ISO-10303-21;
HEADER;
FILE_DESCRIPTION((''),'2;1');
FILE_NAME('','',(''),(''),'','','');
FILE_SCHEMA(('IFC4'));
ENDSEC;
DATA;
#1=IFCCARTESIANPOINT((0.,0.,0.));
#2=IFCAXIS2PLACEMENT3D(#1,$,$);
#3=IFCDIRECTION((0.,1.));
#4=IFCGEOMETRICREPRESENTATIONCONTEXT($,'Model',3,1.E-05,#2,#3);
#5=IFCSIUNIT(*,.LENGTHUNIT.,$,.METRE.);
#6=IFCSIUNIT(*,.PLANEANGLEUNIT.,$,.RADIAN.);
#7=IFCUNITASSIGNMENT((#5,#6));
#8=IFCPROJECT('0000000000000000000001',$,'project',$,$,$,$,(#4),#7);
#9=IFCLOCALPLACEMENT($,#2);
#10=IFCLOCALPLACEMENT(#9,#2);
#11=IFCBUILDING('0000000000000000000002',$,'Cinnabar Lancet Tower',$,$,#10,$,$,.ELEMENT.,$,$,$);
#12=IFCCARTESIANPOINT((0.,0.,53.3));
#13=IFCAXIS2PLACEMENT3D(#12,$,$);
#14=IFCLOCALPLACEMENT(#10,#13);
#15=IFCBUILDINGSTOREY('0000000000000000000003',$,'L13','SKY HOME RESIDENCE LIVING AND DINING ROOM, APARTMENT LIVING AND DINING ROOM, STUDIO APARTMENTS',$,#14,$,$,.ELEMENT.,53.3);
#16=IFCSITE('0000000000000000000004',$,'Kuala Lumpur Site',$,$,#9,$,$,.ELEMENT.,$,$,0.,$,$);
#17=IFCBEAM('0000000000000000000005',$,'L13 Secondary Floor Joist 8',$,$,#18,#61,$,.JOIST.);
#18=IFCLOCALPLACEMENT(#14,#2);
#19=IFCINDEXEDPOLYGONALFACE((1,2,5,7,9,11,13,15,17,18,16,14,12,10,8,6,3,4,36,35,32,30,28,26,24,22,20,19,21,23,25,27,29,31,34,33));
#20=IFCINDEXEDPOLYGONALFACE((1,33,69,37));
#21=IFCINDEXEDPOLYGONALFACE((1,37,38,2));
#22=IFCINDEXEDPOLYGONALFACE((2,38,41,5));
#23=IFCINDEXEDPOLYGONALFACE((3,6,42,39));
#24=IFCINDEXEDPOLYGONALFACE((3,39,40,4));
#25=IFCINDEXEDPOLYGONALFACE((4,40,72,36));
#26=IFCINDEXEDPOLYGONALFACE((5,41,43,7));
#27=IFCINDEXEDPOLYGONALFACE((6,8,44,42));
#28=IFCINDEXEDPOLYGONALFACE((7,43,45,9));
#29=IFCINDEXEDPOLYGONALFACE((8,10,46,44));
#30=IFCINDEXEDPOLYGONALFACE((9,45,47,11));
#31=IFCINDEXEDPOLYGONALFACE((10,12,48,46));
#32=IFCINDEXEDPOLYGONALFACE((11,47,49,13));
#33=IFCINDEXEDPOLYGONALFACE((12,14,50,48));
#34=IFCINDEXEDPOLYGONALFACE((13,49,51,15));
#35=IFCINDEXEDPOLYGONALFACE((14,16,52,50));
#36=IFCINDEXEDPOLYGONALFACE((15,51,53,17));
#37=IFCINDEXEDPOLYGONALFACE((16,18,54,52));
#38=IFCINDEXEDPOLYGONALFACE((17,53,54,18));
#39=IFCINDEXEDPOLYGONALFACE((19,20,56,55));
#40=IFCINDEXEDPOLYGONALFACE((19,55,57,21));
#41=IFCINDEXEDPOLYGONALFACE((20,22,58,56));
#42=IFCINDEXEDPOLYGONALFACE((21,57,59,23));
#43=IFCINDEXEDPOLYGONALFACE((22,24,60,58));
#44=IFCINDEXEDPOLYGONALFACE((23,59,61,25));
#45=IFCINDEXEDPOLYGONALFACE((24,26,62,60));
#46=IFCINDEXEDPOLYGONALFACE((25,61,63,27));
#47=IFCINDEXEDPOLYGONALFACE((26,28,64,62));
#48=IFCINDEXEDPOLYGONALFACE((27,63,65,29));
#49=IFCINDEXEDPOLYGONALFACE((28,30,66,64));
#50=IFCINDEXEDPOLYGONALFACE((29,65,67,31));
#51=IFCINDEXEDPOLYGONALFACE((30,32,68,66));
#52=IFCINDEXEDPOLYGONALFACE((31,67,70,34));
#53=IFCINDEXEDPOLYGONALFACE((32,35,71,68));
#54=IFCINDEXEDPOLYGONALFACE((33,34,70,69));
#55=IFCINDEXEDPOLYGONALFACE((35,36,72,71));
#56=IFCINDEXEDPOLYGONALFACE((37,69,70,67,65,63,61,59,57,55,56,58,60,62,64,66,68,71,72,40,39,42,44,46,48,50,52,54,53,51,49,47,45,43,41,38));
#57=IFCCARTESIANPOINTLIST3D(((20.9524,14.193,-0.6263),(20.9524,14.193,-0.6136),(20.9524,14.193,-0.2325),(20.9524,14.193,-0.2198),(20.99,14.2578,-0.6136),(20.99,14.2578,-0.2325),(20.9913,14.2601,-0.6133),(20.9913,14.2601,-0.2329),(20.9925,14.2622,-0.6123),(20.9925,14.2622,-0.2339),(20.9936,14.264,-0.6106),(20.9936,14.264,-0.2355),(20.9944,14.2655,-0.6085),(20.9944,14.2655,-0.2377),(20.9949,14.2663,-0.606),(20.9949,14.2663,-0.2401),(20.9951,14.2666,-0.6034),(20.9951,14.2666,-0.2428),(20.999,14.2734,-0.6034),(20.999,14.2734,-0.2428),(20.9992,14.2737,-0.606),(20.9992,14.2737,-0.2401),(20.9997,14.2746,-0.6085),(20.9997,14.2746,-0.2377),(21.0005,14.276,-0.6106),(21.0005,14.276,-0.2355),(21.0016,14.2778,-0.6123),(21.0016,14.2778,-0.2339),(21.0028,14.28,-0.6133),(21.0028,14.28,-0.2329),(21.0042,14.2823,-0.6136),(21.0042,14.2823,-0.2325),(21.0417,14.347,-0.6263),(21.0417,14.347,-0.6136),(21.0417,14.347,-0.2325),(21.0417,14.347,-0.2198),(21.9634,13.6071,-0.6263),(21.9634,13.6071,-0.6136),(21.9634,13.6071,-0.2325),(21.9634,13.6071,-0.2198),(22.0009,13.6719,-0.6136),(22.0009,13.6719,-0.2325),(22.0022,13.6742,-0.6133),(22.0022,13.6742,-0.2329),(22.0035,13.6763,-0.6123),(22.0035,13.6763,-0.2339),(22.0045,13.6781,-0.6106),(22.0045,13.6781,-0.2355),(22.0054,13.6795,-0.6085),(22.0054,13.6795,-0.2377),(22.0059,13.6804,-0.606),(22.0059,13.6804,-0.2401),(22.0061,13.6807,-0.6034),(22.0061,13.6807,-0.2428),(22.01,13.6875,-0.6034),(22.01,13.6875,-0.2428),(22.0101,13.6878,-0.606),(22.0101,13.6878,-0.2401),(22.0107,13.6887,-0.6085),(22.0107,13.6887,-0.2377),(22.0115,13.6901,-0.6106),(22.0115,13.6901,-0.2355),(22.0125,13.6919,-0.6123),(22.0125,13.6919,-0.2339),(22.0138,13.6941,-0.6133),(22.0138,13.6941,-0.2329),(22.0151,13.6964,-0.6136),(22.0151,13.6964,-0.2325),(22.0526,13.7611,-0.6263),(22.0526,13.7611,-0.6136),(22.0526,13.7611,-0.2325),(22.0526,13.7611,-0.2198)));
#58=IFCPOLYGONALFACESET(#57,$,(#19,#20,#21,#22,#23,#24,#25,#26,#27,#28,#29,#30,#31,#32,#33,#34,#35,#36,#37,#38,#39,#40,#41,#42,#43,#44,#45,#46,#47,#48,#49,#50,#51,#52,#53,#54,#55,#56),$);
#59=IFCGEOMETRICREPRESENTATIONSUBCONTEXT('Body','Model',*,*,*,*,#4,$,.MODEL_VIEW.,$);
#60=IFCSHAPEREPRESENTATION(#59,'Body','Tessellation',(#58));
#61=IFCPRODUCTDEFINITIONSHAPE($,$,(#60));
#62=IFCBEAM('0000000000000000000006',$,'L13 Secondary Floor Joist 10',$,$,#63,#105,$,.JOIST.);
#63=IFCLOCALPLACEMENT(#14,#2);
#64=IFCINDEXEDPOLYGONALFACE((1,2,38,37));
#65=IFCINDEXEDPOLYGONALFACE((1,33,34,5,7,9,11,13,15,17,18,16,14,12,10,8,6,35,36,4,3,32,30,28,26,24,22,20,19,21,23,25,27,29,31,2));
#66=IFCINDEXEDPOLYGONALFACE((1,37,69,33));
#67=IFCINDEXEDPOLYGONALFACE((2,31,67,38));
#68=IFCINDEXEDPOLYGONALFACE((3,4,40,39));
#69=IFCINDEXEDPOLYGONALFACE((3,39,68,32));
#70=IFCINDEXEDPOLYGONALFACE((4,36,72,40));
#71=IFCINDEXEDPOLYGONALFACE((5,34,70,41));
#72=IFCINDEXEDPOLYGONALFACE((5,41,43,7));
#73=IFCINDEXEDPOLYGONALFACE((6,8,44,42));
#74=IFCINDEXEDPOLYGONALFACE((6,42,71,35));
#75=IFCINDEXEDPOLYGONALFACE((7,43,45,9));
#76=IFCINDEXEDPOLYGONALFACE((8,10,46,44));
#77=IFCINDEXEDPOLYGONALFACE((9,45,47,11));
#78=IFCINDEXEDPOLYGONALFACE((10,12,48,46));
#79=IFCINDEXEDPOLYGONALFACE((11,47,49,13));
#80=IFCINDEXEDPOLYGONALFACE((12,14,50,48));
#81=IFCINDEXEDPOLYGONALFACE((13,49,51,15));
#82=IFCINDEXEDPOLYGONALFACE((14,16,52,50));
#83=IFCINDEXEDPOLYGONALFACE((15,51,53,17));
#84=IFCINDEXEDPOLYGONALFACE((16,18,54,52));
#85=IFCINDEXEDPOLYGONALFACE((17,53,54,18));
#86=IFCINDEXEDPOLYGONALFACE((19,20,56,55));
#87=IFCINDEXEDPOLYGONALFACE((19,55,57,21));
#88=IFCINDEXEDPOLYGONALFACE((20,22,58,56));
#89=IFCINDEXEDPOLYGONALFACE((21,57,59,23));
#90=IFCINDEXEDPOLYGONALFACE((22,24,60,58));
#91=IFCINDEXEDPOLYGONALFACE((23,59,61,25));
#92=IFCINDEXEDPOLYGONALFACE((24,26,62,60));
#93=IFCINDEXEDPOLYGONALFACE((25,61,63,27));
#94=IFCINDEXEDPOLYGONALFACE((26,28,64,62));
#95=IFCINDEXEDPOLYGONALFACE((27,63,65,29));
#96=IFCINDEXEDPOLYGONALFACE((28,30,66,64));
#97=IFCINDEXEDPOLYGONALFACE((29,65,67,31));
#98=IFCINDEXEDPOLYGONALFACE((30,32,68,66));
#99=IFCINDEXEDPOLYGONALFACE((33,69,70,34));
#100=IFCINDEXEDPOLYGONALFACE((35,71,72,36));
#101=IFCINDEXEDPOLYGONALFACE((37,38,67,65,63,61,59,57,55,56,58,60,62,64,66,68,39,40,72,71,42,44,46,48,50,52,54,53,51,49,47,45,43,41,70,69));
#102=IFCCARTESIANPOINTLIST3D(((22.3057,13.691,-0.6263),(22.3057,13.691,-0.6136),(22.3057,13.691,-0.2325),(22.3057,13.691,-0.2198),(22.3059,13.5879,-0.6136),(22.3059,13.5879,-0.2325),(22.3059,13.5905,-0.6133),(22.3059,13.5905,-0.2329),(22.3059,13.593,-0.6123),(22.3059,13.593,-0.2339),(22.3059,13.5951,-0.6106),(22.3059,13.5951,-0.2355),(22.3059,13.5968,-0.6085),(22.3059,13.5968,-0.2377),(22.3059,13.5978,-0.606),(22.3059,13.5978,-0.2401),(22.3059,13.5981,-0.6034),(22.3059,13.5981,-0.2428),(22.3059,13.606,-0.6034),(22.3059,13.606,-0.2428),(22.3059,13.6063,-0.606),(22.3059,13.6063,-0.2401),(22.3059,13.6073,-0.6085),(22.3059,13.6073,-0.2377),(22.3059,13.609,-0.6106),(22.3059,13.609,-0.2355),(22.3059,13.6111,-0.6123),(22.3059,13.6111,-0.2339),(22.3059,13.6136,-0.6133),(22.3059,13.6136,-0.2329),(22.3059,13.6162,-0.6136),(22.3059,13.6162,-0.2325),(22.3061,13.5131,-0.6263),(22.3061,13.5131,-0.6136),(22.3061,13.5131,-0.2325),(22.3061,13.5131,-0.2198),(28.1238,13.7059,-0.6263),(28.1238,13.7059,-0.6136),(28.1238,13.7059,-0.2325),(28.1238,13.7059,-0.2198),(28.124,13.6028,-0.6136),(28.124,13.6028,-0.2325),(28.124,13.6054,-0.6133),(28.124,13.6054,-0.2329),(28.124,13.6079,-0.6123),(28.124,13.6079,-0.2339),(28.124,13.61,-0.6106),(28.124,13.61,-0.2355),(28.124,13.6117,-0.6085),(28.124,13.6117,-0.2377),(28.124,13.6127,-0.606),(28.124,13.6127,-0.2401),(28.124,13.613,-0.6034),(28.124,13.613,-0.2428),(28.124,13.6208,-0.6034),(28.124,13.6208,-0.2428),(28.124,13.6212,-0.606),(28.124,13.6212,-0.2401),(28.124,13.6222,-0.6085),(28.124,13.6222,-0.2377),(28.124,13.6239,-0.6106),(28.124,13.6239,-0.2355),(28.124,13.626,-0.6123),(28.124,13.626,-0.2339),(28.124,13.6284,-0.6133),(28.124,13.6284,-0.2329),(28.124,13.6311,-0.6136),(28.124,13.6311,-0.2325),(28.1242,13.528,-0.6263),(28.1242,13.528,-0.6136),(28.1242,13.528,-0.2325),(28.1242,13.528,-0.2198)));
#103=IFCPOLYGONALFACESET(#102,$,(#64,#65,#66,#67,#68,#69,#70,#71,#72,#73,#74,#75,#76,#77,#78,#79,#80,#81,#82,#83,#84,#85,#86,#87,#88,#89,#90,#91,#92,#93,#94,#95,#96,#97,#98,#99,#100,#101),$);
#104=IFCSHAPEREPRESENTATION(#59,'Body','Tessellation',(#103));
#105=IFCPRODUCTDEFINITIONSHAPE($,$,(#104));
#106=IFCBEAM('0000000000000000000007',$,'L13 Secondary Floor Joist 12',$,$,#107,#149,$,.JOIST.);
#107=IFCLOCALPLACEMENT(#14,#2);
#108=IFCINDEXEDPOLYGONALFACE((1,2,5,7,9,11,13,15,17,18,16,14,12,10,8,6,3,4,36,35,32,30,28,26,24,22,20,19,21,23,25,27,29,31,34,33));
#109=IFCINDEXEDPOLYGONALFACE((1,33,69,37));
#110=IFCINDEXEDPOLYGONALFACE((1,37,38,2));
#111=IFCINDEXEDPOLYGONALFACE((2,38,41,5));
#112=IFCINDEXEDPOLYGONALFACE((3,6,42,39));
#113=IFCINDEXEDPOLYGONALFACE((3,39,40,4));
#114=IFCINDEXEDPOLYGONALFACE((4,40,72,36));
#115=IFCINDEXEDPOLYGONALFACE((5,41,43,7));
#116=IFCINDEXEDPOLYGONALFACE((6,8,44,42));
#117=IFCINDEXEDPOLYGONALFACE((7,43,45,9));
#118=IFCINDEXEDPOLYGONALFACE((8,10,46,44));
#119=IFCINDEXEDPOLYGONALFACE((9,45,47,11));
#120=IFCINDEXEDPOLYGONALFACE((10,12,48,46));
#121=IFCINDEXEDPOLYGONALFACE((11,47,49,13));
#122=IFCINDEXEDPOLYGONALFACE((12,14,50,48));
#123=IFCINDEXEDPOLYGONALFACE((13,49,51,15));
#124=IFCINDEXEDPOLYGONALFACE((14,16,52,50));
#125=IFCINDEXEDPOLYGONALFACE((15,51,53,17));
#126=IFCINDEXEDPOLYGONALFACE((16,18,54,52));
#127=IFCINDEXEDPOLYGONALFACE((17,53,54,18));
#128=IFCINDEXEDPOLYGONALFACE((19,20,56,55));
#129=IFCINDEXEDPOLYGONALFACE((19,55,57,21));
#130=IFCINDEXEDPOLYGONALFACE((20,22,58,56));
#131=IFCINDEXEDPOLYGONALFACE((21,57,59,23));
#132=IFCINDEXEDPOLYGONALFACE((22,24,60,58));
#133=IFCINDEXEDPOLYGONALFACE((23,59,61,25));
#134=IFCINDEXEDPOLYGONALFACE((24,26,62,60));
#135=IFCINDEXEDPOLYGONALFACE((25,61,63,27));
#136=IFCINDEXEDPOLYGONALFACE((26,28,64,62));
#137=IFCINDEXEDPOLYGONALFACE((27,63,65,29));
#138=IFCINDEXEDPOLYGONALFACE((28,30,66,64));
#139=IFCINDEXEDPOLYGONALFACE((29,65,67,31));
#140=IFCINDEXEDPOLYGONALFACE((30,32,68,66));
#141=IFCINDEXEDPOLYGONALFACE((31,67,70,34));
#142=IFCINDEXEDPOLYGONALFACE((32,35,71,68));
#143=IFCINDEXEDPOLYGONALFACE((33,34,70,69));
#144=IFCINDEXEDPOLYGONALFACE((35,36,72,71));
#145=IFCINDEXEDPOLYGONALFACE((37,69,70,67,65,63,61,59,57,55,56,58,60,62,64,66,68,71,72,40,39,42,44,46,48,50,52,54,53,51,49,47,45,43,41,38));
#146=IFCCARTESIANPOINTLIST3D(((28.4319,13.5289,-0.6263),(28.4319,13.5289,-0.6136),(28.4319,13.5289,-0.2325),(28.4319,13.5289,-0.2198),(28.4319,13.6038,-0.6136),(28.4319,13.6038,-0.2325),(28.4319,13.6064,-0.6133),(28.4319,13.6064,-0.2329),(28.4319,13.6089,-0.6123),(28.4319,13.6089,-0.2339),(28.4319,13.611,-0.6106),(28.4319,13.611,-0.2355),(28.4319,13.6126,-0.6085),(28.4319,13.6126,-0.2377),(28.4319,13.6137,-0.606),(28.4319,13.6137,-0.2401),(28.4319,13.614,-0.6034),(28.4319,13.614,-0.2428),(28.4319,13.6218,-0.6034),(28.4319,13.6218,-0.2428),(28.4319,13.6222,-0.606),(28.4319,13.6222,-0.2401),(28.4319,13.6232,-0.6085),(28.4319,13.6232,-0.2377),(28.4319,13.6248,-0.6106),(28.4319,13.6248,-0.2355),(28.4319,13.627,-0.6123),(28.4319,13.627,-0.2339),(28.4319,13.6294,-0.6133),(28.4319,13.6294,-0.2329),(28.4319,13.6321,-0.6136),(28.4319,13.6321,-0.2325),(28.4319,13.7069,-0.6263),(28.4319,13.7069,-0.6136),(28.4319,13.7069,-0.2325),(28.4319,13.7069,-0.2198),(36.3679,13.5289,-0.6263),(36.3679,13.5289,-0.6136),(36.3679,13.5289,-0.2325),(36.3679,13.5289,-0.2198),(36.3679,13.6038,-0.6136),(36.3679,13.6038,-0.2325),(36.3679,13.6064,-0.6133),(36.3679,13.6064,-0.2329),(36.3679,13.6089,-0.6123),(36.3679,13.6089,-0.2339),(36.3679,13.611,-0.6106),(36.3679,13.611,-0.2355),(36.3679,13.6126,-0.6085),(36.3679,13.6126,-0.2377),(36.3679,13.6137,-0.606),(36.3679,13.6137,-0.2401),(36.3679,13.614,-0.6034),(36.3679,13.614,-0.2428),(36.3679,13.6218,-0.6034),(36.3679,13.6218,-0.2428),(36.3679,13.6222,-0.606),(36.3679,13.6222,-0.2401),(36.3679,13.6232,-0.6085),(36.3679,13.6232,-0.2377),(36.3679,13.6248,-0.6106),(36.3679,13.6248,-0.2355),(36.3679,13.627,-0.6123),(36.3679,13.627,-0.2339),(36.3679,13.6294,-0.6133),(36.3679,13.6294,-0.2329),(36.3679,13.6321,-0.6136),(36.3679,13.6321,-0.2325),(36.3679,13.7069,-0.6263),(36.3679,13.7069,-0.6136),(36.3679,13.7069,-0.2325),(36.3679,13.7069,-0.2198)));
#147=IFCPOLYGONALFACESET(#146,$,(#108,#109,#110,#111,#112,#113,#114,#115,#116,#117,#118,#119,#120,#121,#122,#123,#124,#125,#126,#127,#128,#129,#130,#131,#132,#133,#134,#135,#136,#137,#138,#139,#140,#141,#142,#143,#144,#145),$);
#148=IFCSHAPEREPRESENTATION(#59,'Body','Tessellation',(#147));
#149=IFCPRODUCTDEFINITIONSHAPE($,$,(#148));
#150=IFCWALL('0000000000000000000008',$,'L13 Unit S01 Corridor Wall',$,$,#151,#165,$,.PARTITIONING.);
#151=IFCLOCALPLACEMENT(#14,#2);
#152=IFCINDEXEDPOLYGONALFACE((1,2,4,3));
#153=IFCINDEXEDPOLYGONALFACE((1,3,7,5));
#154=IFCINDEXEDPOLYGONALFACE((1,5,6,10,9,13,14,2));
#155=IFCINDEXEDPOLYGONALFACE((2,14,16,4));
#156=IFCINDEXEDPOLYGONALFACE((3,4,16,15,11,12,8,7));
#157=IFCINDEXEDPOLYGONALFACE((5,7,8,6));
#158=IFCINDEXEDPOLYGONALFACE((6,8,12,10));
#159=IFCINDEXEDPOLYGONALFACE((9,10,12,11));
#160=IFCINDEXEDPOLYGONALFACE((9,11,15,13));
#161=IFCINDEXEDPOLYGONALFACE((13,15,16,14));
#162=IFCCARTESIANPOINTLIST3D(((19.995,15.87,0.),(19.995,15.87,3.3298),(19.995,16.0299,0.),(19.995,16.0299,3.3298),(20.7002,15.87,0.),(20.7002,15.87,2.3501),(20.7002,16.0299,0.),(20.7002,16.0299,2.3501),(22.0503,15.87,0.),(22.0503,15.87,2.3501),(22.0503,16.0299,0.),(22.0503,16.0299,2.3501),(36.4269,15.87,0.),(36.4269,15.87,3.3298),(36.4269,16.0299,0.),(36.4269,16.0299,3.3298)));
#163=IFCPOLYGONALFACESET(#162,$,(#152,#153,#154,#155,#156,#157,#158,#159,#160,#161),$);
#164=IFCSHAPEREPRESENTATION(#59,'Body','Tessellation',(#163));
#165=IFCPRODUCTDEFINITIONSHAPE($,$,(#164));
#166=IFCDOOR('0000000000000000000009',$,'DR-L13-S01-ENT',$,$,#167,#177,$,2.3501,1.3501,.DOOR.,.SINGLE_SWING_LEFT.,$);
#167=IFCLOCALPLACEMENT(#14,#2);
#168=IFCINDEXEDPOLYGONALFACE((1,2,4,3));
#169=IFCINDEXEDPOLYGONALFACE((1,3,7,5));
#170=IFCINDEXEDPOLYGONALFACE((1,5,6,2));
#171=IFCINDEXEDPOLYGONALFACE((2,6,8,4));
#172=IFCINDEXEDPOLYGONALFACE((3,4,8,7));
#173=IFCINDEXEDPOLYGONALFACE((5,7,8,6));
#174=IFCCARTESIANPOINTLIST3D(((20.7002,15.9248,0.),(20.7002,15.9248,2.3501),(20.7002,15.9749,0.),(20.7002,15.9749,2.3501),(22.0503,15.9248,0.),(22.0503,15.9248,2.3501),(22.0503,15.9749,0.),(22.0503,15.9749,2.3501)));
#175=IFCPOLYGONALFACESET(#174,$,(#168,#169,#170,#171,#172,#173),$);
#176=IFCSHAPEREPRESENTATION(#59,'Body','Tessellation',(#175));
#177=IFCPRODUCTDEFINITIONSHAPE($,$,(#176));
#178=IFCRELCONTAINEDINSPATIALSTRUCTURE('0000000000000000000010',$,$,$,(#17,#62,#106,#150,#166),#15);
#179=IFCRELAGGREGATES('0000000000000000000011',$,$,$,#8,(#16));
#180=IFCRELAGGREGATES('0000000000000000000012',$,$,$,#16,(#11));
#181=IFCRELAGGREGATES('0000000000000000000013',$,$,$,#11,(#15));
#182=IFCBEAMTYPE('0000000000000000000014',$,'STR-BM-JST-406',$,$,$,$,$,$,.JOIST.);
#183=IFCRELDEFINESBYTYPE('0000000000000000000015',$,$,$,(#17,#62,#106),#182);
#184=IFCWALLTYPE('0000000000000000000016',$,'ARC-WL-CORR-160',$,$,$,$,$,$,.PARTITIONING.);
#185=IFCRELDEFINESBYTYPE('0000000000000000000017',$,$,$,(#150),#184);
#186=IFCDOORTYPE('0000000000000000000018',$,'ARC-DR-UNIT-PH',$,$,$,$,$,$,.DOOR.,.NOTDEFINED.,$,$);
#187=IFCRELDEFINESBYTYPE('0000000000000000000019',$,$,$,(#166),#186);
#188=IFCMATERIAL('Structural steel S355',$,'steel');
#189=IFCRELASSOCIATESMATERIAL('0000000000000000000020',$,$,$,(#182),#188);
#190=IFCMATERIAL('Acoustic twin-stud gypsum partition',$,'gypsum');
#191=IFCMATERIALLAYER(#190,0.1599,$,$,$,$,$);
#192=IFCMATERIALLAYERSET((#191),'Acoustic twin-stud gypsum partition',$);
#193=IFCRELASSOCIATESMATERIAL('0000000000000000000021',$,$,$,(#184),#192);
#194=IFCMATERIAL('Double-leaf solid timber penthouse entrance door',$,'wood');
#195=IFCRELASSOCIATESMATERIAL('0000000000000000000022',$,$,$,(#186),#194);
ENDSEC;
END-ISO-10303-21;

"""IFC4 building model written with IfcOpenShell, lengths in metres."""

from ifc_helpers import new_model, si_unit, direction, frame, frame_2d, origin, origin_2d, place, context, subcontext, project, spatial, rectangle, i_section, extrude, material, layer, layer_set, material_profile, profile_set, type_object, element, fill, save


model = new_model("IFC4")

# Units and contexts
model_context = context("Model", 3, precision=1e-05, world=origin(), true_north=direction((0.0, 1.0)))
body_context = subcontext(model_context, "Body", "Model", "MODEL_VIEW")
ifc_project = project(units=[si_unit("LENGTHUNIT", "METRE"), si_unit("PLANEANGLEUNIT", "RADIAN")], contexts=[model_context])

# Site, building, storey
site_placement = place(None, origin())
site = spatial("IfcSite", under=ifc_project, at=site_placement, Name="Kuala Lumpur Site", CompositionType="ELEMENT", RefElevation=0.0)
building_placement = place(site_placement, origin())
building = spatial("IfcBuilding", under=site, at=building_placement, Name="Cinnabar Lancet Tower", CompositionType="ELEMENT")
storey_placement = place(building_placement, frame((0.0, 0.0, 53.3)))
storey = spatial("IfcBuildingStorey", under=building, at=storey_placement, Name="L13", Description="SKY HOME RESIDENCE LIVING AND DINING ROOM, APARTMENT LIVING AND DINING ROOM, STUDIO APARTMENTS", CompositionType="ELEMENT", Elevation=53.3)

# Beams
ifc_material_1 = material(Name="Structural steel S355", Category="steel")
ifc_material_profile_1 = material_profile(ifc_material_1, i_section(OverallWidth=0.178, OverallDepth=0.4065, WebThickness=0.0078, FlangeThickness=0.0127, FilletRadius=0.0103, at=origin_2d()), Name="UKB 406x178x60")
ifc_profile_set_1 = profile_set([ifc_material_profile_1], Name="Structural steel S355")
beam_type = type_object("IfcBeamType", Name="STR-BM-JST-406", PredefinedType="JOIST", material=ifc_profile_set_1)
beam_1_placement = place(storey_placement, frame((20.9971, 14.27, -0.4231), z_axis=(0.865193, -0.50144, 0.0), x_axis=(0.50144, 0.865193, 0.0)))
element("IfcBeam", 1, at=beam_1_placement, inside=storey, type_object=beam_type, Name="L13 Secondary Floor Joist 8", PredefinedType="JOIST", context=body_context, shape_type="SweptSolid", body=[
    extrude(i_section(OverallWidth=0.178, OverallDepth=0.4065, WebThickness=0.0078, FlangeThickness=0.0127, FilletRadius=0.0103, at=origin_2d()), origin(), (0.0, 0.0, 1.0), 1.1685),
])
beam_2_placement = place(storey_placement, frame((22.3059, 13.6021, -0.4231), z_axis=(0.999997, 0.00256, 0.0), x_axis=(-0.00256, 0.999997, 0.0)))
element("IfcBeam", 2, at=beam_2_placement, inside=storey, type_object=beam_type, Name="L13 Secondary Floor Joist 10", PredefinedType="JOIST", context=body_context, shape_type="SweptSolid", body=[
    extrude(i_section(OverallWidth=0.178, OverallDepth=0.4065, WebThickness=0.0078, FlangeThickness=0.0127, FilletRadius=0.0103, at=origin_2d()), origin(), (0.0, 0.0, 1.0), 5.8181),
])
beam_3_placement = place(storey_placement, frame((28.4319, 13.6179, -0.4231), z_axis=(1.0, 0.0, 0.0), x_axis=(0.0, 1.0, 0.0)))
element("IfcBeam", 3, at=beam_3_placement, inside=storey, type_object=beam_type, Name="L13 Secondary Floor Joist 12", PredefinedType="JOIST", context=body_context, shape_type="SweptSolid", body=[
    extrude(i_section(OverallWidth=0.178, OverallDepth=0.4065, WebThickness=0.0078, FlangeThickness=0.0127, FilletRadius=0.0103, at=origin_2d()), origin(), (0.0, 0.0, 1.0), 7.936),
])

# Wall, opening, door
ifc_material_2 = material(Name="Acoustic twin-stud gypsum partition", Category="gypsum")
ifc_layer_1 = layer(ifc_material_2, 0.1599)
ifc_layer_set_1 = layer_set([ifc_layer_1], Name="Acoustic twin-stud gypsum partition")
wall_type_1 = type_object("IfcWallType", Name="ARC-WL-CORR-160", PredefinedType="PARTITIONING", material=ifc_layer_set_1)
wall_1_placement = place(storey_placement, frame((19.9951, 15.95, 0.0), z_axis=(0.0, 0.0, 1.0), x_axis=(1.0, 0.0, 0.0)))
wall_1 = element("IfcWall", 4, at=wall_1_placement, inside=storey, type_object=wall_type_1, Name="L13 Unit S01 Corridor Wall", PredefinedType="PARTITIONING", context=body_context, shape_type="SweptSolid", body=[
    extrude(rectangle(XDim=16.4319, YDim=0.1599, at=frame_2d((8.2158, 0.0))), origin(), (0.0, 0.0, 1.0), 3.3298),
])
opening_1_placement = place(wall_1_placement, frame((0.7051, 0.0, 0.0)))
opening_1 = element("IfcOpeningElement", 5, at=opening_1_placement, cuts=wall_1, PredefinedType="OPENING", context=body_context, shape_type="SweptSolid", body=[
    extrude(rectangle(XDim=1.3501, YDim=2.3501, at=frame_2d((0.675, 1.175))), frame((0.0, 0.0898, 0.0), z_axis=(0.0, -1.0, 0.0), x_axis=(1.0, 0.0, 0.0)), (0.0, 0.0, 1.0), 0.1799),
])
ifc_material_3 = material(Name="Double-leaf solid timber penthouse entrance door", Category="wood")
door_type_1 = type_object("IfcDoorType", Name="ARC-DR-UNIT-PH", OperationType="NOTDEFINED", PredefinedType="DOOR", material=ifc_material_3)
door_1_placement = place(opening_1_placement, origin())
door_1 = element("IfcDoor", 6, at=door_1_placement, inside=storey, type_object=door_type_1, Name="DR-L13-S01-ENT", OperationType="SINGLE_SWING_LEFT", OverallHeight=2.3501, OverallWidth=1.3501, PredefinedType="DOOR", context=body_context, shape_type="SweptSolid", body=[
    extrude(rectangle(XDim=1.3501, YDim=2.3501, at=frame_2d((0.675, 1.175))), frame((0.0, 0.0249, 0.0), z_axis=(0.0, -1.0, 0.0), x_axis=(1.0, 0.0, 0.0)), (0.0, 0.0, 1.0), 0.05),
])
fill(opening_1, door_1)

save(model, "model.ifc")
